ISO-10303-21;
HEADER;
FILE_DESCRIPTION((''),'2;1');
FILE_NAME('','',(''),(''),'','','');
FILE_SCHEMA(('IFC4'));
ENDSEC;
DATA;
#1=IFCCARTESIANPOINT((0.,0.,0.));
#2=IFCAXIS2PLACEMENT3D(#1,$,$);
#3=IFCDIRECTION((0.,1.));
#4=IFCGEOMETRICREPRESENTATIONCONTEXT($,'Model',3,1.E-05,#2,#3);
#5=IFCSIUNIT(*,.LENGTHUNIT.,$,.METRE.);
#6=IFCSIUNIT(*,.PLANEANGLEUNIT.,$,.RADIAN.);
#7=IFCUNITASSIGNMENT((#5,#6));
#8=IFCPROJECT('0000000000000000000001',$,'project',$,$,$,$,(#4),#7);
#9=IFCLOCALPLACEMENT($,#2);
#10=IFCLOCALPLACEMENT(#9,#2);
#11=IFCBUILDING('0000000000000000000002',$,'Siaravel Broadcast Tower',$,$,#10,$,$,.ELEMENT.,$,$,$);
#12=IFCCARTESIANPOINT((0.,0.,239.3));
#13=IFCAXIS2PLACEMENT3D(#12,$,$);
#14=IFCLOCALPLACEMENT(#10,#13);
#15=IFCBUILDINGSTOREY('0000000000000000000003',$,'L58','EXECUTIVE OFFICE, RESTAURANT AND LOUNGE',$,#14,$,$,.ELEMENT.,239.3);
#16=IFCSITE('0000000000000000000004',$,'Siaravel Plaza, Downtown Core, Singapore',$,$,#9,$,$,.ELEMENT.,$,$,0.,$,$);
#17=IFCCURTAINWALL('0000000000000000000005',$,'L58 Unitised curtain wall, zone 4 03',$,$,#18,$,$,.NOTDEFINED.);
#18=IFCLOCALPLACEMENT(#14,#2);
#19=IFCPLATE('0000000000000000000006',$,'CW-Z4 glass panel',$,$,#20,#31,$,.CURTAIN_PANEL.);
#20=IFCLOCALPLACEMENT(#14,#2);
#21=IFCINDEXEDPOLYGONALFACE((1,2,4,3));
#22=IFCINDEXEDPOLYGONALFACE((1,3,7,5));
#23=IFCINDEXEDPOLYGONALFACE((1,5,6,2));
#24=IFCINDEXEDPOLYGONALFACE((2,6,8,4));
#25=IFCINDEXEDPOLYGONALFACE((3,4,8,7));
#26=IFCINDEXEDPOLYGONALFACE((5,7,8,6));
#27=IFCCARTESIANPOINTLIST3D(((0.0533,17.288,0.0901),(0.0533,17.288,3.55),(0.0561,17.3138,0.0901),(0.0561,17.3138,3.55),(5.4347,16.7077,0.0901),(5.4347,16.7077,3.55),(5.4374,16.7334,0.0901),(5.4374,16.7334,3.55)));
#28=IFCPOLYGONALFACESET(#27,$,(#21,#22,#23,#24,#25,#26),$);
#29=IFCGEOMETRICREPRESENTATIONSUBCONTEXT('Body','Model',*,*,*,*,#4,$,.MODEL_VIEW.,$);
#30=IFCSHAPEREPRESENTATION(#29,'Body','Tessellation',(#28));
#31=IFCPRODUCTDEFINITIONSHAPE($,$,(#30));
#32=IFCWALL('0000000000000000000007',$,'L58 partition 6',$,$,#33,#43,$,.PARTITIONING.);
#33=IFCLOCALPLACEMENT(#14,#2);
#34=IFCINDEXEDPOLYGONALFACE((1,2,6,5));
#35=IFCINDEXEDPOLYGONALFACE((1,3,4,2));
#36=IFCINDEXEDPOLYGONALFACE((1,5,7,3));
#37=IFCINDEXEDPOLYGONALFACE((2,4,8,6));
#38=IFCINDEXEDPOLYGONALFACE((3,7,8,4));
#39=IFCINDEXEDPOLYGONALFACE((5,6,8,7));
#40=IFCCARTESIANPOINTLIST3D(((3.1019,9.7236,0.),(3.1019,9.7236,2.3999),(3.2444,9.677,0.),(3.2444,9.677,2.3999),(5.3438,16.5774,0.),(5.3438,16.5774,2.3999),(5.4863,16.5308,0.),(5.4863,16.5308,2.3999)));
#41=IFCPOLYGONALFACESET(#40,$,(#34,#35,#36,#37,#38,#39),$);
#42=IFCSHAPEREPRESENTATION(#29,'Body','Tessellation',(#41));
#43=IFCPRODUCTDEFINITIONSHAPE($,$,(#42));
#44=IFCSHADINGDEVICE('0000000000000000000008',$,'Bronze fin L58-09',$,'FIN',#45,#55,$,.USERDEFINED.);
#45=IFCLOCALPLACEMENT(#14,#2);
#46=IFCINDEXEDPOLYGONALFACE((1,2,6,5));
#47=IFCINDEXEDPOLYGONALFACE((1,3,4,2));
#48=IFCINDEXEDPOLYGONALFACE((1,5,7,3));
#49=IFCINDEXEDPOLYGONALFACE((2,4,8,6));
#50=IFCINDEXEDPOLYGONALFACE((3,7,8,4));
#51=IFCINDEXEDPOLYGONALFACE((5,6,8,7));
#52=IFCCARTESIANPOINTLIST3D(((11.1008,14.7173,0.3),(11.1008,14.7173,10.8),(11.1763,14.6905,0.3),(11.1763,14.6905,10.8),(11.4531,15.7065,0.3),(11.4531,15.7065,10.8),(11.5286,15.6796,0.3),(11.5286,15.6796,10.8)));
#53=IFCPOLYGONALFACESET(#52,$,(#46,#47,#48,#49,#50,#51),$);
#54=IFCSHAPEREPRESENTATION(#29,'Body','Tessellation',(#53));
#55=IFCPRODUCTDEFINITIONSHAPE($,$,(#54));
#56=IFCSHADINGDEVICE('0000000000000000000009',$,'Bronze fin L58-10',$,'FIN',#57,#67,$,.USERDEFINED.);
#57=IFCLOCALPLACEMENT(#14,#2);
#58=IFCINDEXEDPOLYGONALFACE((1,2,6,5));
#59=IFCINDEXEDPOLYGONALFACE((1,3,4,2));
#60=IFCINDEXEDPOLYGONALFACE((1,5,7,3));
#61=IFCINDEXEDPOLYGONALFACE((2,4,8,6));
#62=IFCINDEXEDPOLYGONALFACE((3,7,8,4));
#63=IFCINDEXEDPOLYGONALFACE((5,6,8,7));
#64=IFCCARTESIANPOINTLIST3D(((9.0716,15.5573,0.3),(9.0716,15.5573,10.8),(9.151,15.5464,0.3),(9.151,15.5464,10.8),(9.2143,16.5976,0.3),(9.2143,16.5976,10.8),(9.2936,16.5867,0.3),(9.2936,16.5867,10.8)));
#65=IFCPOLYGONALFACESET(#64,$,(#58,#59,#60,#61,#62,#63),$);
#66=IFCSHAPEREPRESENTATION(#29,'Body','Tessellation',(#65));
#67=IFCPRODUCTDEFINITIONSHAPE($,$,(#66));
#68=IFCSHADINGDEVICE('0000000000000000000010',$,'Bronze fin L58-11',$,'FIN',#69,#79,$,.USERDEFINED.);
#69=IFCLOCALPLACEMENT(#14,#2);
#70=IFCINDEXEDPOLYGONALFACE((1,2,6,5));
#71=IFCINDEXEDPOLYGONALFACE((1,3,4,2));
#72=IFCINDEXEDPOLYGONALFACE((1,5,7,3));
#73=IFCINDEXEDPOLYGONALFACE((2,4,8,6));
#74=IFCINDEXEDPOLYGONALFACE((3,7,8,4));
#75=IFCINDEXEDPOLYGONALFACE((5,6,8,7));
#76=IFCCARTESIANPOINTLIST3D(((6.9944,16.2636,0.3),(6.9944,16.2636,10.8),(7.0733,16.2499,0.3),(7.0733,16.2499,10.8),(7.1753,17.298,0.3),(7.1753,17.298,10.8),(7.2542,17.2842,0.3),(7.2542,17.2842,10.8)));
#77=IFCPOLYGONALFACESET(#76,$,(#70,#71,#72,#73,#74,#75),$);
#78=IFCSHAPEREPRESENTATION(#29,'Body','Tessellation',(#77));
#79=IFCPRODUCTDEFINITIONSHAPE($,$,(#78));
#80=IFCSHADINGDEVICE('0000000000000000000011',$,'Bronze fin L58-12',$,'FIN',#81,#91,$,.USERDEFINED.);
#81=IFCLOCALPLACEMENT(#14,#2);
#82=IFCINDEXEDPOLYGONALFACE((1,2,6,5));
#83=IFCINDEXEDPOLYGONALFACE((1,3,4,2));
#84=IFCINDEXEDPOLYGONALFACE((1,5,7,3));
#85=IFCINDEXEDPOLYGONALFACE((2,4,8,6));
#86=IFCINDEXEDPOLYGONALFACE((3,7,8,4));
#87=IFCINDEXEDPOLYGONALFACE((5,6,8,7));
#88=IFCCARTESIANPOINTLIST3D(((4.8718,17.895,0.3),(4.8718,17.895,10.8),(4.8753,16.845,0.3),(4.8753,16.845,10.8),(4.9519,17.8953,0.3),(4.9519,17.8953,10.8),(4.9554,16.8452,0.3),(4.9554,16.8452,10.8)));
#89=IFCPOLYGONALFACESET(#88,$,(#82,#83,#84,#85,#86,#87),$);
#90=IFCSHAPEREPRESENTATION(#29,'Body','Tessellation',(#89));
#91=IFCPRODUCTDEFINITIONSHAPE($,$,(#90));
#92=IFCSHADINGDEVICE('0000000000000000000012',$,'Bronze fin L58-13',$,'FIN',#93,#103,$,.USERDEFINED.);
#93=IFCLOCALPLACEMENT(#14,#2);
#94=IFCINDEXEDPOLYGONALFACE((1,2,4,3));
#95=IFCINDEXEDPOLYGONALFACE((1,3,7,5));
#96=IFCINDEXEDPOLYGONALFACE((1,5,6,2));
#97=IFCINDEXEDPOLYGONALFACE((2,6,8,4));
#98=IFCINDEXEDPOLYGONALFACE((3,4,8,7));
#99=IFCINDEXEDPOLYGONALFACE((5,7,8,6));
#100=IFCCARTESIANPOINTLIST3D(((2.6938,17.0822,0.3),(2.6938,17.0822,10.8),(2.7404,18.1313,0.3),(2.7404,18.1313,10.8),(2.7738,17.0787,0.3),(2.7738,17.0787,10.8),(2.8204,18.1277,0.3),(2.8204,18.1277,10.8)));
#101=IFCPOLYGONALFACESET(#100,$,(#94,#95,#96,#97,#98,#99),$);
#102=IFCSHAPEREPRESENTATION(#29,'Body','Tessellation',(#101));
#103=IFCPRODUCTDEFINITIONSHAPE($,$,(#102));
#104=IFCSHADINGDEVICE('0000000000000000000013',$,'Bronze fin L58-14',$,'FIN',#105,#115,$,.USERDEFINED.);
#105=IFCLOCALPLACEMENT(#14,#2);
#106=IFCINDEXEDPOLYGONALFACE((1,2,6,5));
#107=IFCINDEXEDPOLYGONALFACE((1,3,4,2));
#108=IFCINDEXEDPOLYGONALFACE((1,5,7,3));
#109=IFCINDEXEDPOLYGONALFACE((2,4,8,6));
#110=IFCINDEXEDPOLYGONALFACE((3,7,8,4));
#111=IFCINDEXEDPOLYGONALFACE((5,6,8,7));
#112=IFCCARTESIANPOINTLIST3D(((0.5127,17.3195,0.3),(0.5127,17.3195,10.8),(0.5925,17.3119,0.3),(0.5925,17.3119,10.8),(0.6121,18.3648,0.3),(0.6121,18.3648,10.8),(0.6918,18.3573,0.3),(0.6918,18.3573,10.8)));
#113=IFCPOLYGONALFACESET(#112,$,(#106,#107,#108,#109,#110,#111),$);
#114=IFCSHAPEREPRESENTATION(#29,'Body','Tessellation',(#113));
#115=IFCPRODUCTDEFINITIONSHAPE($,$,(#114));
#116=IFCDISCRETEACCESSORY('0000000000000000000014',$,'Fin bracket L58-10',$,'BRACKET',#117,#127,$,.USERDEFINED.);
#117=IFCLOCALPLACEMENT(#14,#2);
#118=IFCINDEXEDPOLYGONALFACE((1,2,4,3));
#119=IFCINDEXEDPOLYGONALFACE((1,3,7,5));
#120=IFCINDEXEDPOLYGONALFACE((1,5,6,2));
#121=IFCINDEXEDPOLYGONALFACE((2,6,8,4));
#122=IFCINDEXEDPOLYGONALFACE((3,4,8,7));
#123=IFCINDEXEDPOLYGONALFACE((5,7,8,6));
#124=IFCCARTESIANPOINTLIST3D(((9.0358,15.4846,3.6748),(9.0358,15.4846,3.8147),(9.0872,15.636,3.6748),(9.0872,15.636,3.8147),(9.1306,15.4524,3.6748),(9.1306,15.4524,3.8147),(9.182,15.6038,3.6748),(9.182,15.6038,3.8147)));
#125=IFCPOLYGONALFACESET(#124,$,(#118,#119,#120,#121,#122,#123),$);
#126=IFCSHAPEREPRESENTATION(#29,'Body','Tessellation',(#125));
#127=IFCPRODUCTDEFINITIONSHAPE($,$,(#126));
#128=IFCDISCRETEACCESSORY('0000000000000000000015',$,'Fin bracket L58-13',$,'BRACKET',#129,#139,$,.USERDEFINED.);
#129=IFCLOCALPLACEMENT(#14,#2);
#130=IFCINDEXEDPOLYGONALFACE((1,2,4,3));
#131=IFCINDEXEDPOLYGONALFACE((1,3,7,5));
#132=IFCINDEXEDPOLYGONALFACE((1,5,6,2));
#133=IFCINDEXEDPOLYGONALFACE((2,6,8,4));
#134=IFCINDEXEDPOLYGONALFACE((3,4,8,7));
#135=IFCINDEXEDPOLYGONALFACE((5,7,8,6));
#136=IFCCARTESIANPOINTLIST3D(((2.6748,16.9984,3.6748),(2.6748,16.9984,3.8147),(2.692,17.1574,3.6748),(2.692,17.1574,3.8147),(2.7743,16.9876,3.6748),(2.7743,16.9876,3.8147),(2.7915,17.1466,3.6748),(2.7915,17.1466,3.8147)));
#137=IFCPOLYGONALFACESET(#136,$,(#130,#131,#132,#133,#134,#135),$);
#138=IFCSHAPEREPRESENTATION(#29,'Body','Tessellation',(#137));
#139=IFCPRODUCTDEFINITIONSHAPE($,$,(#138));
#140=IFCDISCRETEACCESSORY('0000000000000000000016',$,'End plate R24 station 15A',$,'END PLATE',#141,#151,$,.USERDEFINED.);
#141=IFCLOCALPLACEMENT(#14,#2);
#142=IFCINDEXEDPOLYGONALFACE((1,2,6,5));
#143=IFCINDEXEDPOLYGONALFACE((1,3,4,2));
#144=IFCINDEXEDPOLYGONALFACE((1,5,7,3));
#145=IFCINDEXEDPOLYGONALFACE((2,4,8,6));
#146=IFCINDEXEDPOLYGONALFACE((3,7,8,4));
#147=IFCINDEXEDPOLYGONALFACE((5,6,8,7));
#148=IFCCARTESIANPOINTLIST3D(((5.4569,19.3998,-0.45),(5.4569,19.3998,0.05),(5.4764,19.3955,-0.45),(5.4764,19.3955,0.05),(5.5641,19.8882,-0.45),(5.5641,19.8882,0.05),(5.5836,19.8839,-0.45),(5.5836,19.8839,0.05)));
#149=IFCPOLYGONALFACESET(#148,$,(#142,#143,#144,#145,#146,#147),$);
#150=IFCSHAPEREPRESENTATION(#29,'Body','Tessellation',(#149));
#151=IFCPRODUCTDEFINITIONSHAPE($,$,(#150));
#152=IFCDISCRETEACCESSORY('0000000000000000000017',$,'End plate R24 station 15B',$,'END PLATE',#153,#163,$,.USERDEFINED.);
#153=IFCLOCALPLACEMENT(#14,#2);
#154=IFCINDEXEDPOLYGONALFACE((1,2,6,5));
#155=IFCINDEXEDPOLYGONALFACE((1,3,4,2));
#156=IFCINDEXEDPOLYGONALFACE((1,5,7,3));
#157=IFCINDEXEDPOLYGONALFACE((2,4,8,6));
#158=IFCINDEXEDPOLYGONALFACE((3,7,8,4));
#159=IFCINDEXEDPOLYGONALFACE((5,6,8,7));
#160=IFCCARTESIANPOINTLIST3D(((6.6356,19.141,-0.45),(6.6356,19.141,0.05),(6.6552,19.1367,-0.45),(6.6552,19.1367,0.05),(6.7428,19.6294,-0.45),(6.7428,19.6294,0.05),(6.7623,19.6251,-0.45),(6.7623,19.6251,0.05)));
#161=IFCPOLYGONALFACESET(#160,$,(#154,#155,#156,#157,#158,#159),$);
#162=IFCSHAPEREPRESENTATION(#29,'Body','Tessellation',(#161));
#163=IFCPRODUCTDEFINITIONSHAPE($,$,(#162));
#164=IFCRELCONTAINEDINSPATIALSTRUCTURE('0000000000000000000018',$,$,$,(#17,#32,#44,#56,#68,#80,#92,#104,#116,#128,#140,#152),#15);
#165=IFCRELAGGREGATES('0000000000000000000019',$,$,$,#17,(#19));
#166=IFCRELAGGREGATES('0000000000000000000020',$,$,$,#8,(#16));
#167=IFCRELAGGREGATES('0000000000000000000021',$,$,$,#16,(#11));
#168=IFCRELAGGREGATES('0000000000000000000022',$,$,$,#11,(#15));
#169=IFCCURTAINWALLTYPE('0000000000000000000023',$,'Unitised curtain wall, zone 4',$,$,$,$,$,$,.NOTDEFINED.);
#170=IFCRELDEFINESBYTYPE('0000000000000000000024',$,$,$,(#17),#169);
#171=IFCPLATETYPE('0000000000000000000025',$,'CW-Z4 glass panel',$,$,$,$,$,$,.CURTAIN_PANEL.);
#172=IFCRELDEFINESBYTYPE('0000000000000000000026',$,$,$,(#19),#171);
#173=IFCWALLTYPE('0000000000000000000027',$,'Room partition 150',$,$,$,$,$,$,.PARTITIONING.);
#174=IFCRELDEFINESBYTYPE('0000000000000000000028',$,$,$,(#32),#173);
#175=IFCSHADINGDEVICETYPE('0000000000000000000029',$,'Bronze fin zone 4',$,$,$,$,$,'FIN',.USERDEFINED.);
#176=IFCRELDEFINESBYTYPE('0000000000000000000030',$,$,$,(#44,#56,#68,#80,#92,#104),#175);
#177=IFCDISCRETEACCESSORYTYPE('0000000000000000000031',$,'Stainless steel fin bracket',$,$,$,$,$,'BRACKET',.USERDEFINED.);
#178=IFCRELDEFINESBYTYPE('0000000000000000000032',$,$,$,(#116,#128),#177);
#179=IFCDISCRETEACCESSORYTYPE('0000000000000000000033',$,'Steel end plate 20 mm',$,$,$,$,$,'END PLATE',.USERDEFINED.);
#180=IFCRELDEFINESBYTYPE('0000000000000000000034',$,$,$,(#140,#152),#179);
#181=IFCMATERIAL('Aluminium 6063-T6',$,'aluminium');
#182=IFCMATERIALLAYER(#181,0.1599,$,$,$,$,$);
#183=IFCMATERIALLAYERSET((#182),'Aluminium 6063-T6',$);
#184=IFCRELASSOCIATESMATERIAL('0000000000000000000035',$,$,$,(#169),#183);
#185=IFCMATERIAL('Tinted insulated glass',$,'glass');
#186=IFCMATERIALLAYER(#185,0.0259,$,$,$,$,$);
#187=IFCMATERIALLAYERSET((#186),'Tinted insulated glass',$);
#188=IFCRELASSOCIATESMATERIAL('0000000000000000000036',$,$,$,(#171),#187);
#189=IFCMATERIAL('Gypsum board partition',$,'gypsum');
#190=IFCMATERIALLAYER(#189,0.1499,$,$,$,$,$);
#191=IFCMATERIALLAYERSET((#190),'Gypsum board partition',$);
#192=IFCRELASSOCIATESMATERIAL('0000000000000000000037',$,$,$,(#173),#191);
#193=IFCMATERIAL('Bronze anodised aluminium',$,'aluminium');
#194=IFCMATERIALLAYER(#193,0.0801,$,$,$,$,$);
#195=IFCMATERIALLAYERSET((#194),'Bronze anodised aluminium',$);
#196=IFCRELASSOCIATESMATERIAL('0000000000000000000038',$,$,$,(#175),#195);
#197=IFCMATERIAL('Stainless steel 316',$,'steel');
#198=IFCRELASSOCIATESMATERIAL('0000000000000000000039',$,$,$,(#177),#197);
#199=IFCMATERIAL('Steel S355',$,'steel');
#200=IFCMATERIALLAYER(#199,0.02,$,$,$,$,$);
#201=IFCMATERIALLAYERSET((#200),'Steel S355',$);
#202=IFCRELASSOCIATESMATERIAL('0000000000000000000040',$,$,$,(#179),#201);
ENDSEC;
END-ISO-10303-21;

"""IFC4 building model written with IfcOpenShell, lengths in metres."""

from ifc_helpers import new_model, si_unit, direction, frame, frame_2d, origin, origin_2d, place, context, subcontext, project, spatial, rectangle, extrude, material, layer, layer_set, type_object, element, aggregate, save


model = new_model("IFC4")

# Units and contexts
model_context = context("Model", 3, precision=1e-05, world=origin(), true_north=direction((0.0, 1.0)))
body_context = subcontext(model_context, "Body", "Model", "MODEL_VIEW")
ifc_project = project(units=[si_unit("LENGTHUNIT", "METRE"), si_unit("PLANEANGLEUNIT", "RADIAN")], contexts=[model_context])

# Site, building, storey
site_placement = place(None, origin())
site = spatial("IfcSite", under=ifc_project, at=site_placement, Name="Siaravel Plaza, Downtown Core, Singapore", CompositionType="ELEMENT", RefElevation=0.0)
building_placement = place(site_placement, origin())
building = spatial("IfcBuilding", under=site, at=building_placement, Name="Siaravel Broadcast Tower", CompositionType="ELEMENT")
storey_placement = place(building_placement, frame((0.0, 0.0, 239.3)))
storey = spatial("IfcBuildingStorey", under=building, at=storey_placement, Name="L58", Description="EXECUTIVE OFFICE, RESTAURANT AND LOUNGE", CompositionType="ELEMENT", Elevation=239.3)

# Shared definitions
ifc_material_1 = material(Name="Steel S355", Category="steel")

# Curtain wall
ifc_material_2 = material(Name="Aluminium 6063-T6", Category="aluminium")
ifc_layer_1 = layer(ifc_material_2, 0.1599)
ifc_layer_set_1 = layer_set([ifc_layer_1], Name="Aluminium 6063-T6")
curtain_wall_type = type_object("IfcCurtainWallType", Name="Unitised curtain wall, zone 4", PredefinedType="NOTDEFINED", material=ifc_layer_set_1)
curtain_wall_placement = place(storey_placement, origin())
curtain_wall = element("IfcCurtainWall", 1, at=curtain_wall_placement, inside=storey, type_object=curtain_wall_type, Name="L58 Unitised curtain wall, zone 4 03", PredefinedType="NOTDEFINED")

# Plate
ifc_material_3 = material(Name="Tinted insulated glass", Category="glass")
ifc_layer_2 = layer(ifc_material_3, 0.0259)
ifc_layer_set_2 = layer_set([ifc_layer_2], Name="Tinted insulated glass")
plate_type = type_object("IfcPlateType", Name="CW-Z4 glass panel", PredefinedType="CURTAIN_PANEL", material=ifc_layer_set_2)
plate_1_placement = place(storey_placement, frame((2.7454, 17.0107, 0.0901), z_axis=(0.0, 0.0, 1.0), x_axis=(-0.994236, 0.107218, 0.0)))
plate_1 = element("IfcPlate", 2, at=plate_1_placement, type_object=plate_type, Name="CW-Z4 glass panel", PredefinedType="CURTAIN_PANEL", context=body_context, shape_type="SweptSolid", body=[
    extrude(rectangle(XDim=5.4126, YDim=0.0259, at=origin_2d()), origin(), (0.0, 0.0, 1.0), 3.46),
])
aggregate(curtain_wall, [plate_1])

# Wall
ifc_material_4 = material(Name="Gypsum board partition", Category="gypsum")
ifc_layer_3 = layer(ifc_material_4, 0.1499)
ifc_layer_set_3 = layer_set([ifc_layer_3], Name="Gypsum board partition")
wall_type = type_object("IfcWallType", Name="Room partition 150", PredefinedType="PARTITIONING", material=ifc_layer_set_3)
wall_placement = place(storey_placement, frame((5.415, 16.554, 0.0), z_axis=(0.0, 0.0, 1.0), x_axis=(-0.310901, -0.950442, 0.0)))
element("IfcWall", 3, at=wall_placement, inside=storey, type_object=wall_type, Name="L58 partition 6", PredefinedType="PARTITIONING", context=body_context, shape_type="SweptSolid", body=[
    extrude(rectangle(XDim=7.2112, YDim=0.1499, at=frame_2d((3.6055, 0.0))), origin(), (0.0, 0.0, 1.0), 2.3999),
])

# Shading devices
ifc_material_5 = material(Name="Bronze anodised aluminium", Category="aluminium")
ifc_layer_4 = layer(ifc_material_5, 0.0801)
ifc_layer_set_4 = layer_set([ifc_layer_4], Name="Bronze anodised aluminium")
shading_device_type = type_object("IfcShadingDeviceType", Name="Bronze fin zone 4", ElementType="FIN", PredefinedType="USERDEFINED", material=ifc_layer_set_4)
for number, where, z_axis, x_axis, name in (
    (4, (11.3147, 15.1985, 0.3), (0.0, 0.0, 1.0), (0.335499, 0.94204, 0.0), "Bronze fin L58-09"),
    (5, (9.1826, 16.072, 0.3), (0.0, 0.0, 1.0), (0.135852, 0.990729, 0.0), "Bronze fin L58-10"),
    (6, (7.1243, 16.7739, 0.3), (0.0, 0.0, 1.0), (0.172268, 0.98505, 0.0), "Bronze fin L58-11"),
    (7, (4.9136, 17.3701, 0.3), (0.0, 0.0, 1.0), (-0.003314, 0.999995, 0.0), "Bronze fin L58-12"),
    (8, (2.7571, 17.605, 0.3), (0.0, 0.0, 1.0), (0.044341, 0.999016, 0.0), "Bronze fin L58-13"),
    (9, (0.6023, 17.8384, 0.3), (0.0, 0.0, 1.0), (0.094635, 0.995512, 0.0), "Bronze fin L58-14"),
):
    element("IfcShadingDevice", number, at=place(storey_placement, frame(where, z_axis=z_axis, x_axis=x_axis)), inside=storey, type_object=shading_device_type, Name=name, ObjectType="FIN", PredefinedType="USERDEFINED", context=body_context, shape_type="SweptSolid", body=[
        extrude(rectangle(XDim=1.05, YDim=0.0801, at=origin_2d()), origin(), (0.0, 0.0, 1.0), 10.5),
    ])

# Discrete accessories
ifc_material_6 = material(Name="Stainless steel 316", Category="steel")
discrete_accessory_type_1 = type_object("IfcDiscreteAccessoryType", Name="Stainless steel fin bracket", ElementType="BRACKET", PredefinedType="USERDEFINED", material=ifc_material_6)
for number, where, z_axis, x_axis, name in (
    (10, (9.1089, 15.5442, 3.6748), (0.0, 0.0, 1.0), (0.321302, 0.946977, 0.0), "Fin bracket L58-10"),
    (11, (2.7332, 17.0725, 3.6748), (0.0, 0.0, 1.0), (0.107219, 0.994235, 0.0), "Fin bracket L58-13"),
):
    element("IfcDiscreteAccessory", number, at=place(storey_placement, frame(where, z_axis=z_axis, x_axis=x_axis)), inside=storey, type_object=discrete_accessory_type_1, Name=name, ObjectType="BRACKET", PredefinedType="USERDEFINED", context=body_context, shape_type="SweptSolid", body=[
        extrude(rectangle(XDim=0.1599, YDim=0.1001, at=origin_2d()), origin(), (0.0, 0.0, 1.0), 0.1399),
    ])
ifc_layer_5 = layer(ifc_material_1, 0.02)
ifc_layer_set_5 = layer_set([ifc_layer_5], Name="Steel S355")
discrete_accessory_type_2 = type_object("IfcDiscreteAccessoryType", Name="Steel end plate 20 mm", ElementType="END PLATE", PredefinedType="USERDEFINED", material=ifc_layer_set_5)
for number, where, z_axis, x_axis, name in (
    (12, (5.5203, 19.6418, -0.45), (0.0, 0.0, 1.0), (-0.976751, 0.214377, 0.0), "End plate R24 station 15A"),
    (13, (6.699, 19.3831, -0.45), (0.0, 0.0, 1.0), (-0.976751, 0.214377, 0.0), "End plate R24 station 15B"),
):
    element("IfcDiscreteAccessory", number, at=place(storey_placement, frame(where, z_axis=z_axis, x_axis=x_axis)), inside=storey, type_object=discrete_accessory_type_2, Name=name, ObjectType="END PLATE", PredefinedType="USERDEFINED", context=body_context, shape_type="SweptSolid", body=[
        extrude(rectangle(XDim=0.02, YDim=0.5, at=origin_2d()), origin(), (0.0, 0.0, 1.0), 0.5),
    ])

save(model, "model.ifc")
